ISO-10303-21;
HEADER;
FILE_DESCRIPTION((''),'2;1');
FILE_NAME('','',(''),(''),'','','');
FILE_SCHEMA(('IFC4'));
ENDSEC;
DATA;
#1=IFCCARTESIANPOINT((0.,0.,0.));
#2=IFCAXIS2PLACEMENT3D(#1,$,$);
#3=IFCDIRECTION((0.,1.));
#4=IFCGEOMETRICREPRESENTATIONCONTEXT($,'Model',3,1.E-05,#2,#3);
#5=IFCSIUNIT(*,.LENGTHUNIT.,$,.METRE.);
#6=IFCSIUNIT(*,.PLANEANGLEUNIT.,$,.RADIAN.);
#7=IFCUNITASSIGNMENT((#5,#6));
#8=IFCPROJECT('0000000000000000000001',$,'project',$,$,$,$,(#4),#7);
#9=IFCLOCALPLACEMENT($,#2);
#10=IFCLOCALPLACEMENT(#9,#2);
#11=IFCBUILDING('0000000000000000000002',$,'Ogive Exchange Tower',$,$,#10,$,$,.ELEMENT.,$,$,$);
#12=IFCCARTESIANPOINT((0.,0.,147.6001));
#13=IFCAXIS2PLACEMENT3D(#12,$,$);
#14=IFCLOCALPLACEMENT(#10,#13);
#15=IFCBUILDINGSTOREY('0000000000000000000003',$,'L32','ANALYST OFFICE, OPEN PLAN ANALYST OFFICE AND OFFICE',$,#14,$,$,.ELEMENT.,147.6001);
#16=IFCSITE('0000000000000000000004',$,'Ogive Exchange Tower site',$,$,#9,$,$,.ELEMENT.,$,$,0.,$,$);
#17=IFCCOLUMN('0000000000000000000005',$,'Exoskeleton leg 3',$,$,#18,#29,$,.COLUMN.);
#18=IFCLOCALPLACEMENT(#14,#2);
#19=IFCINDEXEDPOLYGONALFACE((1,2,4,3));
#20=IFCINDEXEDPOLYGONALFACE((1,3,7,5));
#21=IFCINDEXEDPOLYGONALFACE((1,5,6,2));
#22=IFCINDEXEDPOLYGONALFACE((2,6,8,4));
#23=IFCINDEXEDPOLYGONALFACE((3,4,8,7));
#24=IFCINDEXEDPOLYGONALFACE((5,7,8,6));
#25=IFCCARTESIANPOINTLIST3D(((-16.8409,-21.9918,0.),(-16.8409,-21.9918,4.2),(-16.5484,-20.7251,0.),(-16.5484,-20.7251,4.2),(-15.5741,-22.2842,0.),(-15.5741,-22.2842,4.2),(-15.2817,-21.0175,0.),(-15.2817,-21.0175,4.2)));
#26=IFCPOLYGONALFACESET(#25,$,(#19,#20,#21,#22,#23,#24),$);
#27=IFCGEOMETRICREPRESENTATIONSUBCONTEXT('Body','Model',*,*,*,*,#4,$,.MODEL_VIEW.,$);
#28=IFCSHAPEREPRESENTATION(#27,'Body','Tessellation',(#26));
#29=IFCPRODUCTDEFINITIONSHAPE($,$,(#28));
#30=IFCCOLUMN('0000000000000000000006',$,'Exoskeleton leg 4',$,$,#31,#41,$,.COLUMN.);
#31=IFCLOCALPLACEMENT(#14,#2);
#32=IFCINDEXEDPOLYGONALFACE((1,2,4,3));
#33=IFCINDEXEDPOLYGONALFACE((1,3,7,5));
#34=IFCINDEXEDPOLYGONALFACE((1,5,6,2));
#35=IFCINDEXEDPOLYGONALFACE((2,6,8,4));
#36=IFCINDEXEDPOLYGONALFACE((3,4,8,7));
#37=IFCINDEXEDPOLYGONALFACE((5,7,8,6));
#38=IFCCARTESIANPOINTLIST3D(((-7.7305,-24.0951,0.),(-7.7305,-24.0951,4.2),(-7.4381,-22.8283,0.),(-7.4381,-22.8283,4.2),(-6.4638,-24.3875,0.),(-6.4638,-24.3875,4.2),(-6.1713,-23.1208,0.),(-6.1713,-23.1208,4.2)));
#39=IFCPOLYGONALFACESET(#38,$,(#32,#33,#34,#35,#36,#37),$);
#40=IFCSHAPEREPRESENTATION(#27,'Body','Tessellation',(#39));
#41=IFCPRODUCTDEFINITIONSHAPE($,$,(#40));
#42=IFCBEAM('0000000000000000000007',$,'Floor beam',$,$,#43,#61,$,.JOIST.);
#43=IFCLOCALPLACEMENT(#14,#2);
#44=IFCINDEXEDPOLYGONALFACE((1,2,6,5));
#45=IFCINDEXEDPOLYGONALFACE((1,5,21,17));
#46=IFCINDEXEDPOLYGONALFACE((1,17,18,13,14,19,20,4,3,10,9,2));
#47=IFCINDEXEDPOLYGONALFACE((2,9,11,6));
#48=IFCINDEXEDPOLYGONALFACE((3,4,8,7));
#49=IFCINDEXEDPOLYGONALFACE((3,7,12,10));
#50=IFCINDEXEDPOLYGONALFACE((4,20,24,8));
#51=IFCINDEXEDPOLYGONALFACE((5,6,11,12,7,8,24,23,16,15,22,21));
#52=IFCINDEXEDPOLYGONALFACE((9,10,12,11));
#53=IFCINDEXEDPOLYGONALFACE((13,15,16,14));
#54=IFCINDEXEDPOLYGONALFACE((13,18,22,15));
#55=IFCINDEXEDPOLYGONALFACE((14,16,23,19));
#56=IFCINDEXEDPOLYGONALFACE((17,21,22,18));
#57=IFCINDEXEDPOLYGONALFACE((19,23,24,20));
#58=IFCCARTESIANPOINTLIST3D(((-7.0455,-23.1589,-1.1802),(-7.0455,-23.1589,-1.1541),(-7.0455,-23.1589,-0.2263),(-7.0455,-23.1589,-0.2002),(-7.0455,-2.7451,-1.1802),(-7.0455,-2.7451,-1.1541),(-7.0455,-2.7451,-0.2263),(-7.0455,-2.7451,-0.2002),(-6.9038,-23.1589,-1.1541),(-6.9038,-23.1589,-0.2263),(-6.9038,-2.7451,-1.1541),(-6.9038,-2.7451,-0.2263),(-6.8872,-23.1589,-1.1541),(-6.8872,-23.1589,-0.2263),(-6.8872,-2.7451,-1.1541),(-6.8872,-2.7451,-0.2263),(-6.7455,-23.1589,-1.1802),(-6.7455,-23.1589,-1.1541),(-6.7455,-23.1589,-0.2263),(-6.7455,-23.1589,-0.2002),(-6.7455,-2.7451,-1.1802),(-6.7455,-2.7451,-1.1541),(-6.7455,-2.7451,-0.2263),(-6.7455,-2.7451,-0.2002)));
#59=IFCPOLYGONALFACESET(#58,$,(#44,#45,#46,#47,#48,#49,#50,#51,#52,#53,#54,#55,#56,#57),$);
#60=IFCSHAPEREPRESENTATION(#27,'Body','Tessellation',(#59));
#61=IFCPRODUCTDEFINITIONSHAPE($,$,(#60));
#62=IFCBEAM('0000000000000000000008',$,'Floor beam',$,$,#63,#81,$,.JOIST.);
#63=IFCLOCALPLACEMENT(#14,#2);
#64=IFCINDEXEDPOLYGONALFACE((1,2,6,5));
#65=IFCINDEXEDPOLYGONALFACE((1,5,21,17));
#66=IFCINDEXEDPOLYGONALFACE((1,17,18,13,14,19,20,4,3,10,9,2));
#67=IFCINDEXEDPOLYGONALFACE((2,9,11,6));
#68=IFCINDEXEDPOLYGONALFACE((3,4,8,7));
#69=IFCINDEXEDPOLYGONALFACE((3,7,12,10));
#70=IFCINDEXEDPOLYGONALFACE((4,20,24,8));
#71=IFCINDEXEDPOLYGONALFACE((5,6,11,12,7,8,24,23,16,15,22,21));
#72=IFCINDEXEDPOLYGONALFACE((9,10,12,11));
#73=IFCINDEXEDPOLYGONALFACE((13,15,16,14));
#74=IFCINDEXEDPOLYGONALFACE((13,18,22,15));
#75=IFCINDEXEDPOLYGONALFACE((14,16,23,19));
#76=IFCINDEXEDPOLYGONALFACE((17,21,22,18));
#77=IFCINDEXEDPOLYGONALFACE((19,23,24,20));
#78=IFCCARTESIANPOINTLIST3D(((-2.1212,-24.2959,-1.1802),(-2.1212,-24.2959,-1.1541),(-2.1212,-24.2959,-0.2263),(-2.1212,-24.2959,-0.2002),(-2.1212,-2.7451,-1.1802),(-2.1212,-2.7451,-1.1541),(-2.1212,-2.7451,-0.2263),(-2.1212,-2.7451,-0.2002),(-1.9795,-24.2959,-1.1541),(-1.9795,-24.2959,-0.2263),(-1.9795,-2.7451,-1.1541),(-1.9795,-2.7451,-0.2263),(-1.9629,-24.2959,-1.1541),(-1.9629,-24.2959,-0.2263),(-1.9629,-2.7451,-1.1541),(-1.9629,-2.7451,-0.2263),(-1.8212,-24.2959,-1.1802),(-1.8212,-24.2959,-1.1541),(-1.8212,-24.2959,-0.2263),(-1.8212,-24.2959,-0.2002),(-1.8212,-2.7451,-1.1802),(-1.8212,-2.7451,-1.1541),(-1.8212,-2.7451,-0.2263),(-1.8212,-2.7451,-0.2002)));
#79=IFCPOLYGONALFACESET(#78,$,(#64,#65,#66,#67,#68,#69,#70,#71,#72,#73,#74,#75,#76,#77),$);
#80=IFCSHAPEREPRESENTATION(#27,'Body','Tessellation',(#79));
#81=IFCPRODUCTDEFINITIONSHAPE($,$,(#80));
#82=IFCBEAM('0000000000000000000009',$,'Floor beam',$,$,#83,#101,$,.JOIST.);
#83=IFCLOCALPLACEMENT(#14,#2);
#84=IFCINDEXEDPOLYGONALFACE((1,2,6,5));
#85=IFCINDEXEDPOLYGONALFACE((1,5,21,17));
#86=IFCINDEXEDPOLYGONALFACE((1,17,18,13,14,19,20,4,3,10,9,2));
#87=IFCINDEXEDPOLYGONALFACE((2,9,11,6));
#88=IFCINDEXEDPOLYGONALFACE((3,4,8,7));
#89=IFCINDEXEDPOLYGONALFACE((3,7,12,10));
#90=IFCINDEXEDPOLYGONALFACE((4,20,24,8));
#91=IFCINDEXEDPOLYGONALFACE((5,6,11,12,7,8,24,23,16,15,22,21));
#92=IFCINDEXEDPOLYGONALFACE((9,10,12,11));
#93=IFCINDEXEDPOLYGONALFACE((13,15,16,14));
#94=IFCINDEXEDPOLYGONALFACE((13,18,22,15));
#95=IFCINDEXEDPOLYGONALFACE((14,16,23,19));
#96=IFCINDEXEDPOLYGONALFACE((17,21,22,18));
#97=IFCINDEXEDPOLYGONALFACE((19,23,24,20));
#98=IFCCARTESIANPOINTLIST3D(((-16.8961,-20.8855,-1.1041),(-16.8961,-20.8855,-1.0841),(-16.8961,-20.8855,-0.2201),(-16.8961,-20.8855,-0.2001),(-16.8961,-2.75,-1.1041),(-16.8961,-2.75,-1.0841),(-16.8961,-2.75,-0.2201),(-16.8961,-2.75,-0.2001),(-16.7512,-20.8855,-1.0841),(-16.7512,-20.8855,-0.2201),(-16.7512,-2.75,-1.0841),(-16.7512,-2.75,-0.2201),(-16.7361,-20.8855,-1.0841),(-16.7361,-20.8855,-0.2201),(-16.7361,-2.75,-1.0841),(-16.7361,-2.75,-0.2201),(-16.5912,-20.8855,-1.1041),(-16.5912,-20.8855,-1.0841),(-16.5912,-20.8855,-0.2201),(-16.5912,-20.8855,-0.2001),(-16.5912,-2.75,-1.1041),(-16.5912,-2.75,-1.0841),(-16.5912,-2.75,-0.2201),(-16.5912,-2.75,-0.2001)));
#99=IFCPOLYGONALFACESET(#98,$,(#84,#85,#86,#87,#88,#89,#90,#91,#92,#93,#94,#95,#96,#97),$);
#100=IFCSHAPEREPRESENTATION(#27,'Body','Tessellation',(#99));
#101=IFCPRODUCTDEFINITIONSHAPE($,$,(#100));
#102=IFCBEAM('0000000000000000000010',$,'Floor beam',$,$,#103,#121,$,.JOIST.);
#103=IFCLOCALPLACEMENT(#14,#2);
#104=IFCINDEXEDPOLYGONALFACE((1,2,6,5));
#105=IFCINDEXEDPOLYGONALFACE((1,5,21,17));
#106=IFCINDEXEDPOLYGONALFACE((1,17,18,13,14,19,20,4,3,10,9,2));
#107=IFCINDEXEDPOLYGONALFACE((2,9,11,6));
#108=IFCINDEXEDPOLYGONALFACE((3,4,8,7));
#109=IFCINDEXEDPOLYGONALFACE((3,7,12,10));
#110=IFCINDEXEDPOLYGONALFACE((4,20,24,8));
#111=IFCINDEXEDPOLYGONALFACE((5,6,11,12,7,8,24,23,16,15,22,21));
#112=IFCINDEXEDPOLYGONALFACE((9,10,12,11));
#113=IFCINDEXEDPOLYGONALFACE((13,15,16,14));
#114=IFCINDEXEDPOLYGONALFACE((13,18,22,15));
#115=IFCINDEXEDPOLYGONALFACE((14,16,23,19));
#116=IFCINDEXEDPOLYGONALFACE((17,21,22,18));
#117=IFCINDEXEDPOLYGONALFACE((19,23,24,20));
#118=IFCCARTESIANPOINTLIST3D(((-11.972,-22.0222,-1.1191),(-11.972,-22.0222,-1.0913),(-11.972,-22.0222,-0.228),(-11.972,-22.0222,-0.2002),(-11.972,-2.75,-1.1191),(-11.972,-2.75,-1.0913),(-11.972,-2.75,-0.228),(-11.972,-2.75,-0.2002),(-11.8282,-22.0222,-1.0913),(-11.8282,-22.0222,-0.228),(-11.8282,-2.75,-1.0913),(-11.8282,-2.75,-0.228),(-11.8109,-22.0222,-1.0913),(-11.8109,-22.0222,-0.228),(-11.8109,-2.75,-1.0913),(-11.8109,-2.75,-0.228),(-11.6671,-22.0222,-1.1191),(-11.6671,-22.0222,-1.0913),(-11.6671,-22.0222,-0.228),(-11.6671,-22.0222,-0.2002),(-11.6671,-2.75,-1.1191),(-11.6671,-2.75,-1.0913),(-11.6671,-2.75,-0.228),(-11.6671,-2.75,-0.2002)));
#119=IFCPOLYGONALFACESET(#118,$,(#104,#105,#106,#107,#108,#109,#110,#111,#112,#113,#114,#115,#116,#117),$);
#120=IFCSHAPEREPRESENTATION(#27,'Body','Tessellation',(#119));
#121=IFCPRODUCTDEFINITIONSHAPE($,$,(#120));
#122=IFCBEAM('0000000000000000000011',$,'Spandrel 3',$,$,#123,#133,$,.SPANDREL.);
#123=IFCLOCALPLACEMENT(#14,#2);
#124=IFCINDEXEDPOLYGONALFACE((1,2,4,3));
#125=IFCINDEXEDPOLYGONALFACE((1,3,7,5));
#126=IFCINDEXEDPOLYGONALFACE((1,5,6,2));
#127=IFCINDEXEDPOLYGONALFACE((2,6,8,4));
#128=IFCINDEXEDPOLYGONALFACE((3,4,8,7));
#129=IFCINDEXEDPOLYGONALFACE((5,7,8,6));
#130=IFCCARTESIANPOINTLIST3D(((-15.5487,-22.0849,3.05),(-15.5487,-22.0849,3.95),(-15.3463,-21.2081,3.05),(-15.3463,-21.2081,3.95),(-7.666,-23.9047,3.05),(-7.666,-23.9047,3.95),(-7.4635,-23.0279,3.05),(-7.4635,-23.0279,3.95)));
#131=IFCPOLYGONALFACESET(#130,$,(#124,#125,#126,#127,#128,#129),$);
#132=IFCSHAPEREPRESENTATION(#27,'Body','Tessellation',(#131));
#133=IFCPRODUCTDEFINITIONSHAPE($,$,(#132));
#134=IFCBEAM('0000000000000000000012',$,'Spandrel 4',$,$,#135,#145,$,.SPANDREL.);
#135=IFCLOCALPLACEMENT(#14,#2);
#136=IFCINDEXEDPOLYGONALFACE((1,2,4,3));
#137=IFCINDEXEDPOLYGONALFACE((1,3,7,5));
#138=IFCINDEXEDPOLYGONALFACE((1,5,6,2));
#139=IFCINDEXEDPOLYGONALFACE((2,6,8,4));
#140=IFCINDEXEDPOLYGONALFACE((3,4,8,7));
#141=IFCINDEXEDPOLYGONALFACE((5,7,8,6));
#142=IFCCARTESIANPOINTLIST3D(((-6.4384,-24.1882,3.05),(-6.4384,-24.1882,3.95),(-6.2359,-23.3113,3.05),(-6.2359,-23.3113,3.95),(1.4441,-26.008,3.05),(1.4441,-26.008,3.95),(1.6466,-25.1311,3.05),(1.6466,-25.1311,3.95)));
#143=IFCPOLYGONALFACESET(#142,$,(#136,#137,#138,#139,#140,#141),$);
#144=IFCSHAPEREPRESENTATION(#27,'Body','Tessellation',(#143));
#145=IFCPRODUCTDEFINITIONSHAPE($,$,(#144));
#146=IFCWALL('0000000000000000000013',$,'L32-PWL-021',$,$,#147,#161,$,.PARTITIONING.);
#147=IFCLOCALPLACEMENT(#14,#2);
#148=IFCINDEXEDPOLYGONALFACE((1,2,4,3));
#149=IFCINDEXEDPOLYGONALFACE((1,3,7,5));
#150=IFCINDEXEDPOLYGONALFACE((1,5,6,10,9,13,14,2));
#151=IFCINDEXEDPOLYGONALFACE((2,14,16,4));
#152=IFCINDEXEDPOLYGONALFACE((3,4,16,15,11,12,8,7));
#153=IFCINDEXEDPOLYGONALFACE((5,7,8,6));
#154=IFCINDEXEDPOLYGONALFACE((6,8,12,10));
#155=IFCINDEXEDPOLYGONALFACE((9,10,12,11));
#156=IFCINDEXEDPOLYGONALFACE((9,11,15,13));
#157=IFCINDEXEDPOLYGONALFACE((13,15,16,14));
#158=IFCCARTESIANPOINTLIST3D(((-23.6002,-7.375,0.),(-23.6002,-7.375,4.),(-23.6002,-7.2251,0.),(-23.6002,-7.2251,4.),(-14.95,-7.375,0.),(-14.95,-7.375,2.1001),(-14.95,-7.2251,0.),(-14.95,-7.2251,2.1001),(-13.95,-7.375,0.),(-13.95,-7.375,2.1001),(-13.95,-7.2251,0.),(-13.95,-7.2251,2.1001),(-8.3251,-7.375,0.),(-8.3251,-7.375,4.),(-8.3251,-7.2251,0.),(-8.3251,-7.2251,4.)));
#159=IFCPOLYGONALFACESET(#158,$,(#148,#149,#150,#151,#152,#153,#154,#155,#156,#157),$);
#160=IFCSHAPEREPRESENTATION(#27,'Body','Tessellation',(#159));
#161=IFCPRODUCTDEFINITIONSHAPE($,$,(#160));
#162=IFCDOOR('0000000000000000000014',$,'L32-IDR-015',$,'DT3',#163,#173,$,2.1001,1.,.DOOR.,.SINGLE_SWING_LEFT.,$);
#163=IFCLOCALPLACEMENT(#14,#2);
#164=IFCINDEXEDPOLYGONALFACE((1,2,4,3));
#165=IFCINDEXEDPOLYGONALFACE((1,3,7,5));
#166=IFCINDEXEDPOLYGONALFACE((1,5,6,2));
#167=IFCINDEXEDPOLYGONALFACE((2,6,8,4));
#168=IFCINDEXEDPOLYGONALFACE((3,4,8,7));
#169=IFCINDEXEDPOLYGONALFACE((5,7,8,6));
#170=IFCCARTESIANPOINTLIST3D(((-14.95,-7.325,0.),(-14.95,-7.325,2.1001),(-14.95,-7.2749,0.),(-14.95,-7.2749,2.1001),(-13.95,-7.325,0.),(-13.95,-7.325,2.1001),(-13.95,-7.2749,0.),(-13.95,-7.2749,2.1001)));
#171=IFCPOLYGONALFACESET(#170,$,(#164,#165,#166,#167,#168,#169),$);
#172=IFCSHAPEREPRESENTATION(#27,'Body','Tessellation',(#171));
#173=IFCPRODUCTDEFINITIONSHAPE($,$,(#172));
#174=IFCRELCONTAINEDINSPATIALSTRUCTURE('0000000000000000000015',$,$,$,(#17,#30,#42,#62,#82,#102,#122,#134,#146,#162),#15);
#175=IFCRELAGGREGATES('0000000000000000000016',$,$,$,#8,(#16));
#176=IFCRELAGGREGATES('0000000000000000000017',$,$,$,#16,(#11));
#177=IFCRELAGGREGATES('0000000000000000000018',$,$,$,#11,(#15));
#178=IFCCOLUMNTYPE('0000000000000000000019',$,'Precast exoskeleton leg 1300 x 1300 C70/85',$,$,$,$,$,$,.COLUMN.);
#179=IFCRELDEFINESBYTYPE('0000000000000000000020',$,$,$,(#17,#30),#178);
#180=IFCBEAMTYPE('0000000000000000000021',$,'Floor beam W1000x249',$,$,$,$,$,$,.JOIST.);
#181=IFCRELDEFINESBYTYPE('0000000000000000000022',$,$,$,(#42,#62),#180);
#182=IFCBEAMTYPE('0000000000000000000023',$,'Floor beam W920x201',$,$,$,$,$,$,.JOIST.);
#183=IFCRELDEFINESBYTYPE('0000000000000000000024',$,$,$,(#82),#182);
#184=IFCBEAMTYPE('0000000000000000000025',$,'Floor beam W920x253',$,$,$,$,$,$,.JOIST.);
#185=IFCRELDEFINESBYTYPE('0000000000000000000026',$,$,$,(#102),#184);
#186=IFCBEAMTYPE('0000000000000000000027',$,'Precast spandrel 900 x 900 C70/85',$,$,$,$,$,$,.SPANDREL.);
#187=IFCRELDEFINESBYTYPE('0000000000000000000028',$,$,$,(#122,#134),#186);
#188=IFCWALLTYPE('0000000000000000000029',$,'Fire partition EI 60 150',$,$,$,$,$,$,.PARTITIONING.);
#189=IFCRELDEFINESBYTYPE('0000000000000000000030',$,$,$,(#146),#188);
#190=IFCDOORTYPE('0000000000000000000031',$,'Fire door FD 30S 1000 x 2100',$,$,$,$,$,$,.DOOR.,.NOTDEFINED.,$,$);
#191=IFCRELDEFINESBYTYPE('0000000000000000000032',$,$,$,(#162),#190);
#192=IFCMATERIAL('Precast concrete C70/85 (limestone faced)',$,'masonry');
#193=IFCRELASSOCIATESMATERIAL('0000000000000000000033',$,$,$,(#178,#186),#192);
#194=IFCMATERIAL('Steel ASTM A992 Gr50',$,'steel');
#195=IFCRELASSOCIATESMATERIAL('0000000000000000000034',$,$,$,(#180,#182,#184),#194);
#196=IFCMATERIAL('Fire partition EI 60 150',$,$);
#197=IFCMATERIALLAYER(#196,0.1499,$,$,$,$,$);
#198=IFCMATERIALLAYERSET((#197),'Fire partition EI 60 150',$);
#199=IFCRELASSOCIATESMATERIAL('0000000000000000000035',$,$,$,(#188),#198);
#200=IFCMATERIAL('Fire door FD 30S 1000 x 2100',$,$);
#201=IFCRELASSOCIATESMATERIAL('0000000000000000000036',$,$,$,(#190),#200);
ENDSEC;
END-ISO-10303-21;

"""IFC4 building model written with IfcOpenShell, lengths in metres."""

from ifc_helpers import new_model, si_unit, direction, frame, frame_2d, origin, origin_2d, place, context, subcontext, project, spatial, rectangle, i_section, extrude, material, layer, layer_set, material_profile, profile_set, type_object, element, fill, save


model = new_model("IFC4")

# Units and contexts
model_context = context("Model", 3, precision=1e-05, world=origin(), true_north=direction((0.0, 1.0)))
body_context = subcontext(model_context, "Body", "Model", "MODEL_VIEW")
ifc_project = project(units=[si_unit("LENGTHUNIT", "METRE"), si_unit("PLANEANGLEUNIT", "RADIAN")], contexts=[model_context])

# Site, building, storey
site_placement = place(None, origin())
site = spatial("IfcSite", under=ifc_project, at=site_placement, Name="Ogive Exchange Tower site", CompositionType="ELEMENT", RefElevation=0.0)
building_placement = place(site_placement, origin())
building = spatial("IfcBuilding", under=site, at=building_placement, Name="Ogive Exchange Tower", CompositionType="ELEMENT")
storey_placement = place(building_placement, frame((0.0, 0.0, 147.6001)))
storey = spatial("IfcBuildingStorey", under=building, at=storey_placement, Name="L32", Description="ANALYST OFFICE, OPEN PLAN ANALYST OFFICE AND OFFICE", CompositionType="ELEMENT", Elevation=147.6001)

# Columns
ifc_material_1 = material(Name="Precast concrete C70/85 (limestone faced)", Category="masonry")
ifc_material_profile_1 = material_profile(ifc_material_1, rectangle(XDim=1.3, YDim=1.3, at=origin_2d()), Name="1300 x 1300")
ifc_profile_set_1 = profile_set([ifc_material_profile_1], Name="Precast concrete C70/85 (limestone faced)")
column_type = type_object("IfcColumnType", Name="Precast exoskeleton leg 1300 x 1300 C70/85", PredefinedType="COLUMN", material=ifc_profile_set_1)
for number, where, z_axis, x_axis, name in (
    (1, (-16.0613, -21.5046, 0.0), (0.0, 0.0, 1.0), (0.97437, -0.224951, 0.0), "Exoskeleton leg 3"),
    (2, (-6.9509, -23.6079, 0.0), (0.0, 0.0, 1.0), (0.97437, -0.224951, 0.0), "Exoskeleton leg 4"),
):
    element("IfcColumn", number, at=place(storey_placement, frame(where, z_axis=z_axis, x_axis=x_axis)), inside=storey, type_object=column_type, Name=name, PredefinedType="COLUMN", context=body_context, shape_type="SweptSolid", body=[
        extrude(rectangle(XDim=1.3, YDim=1.3, at=origin_2d()), origin(), (0.0, 0.0, 1.0), 4.2),
    ])

# Beams
ifc_material_2 = material(Name="Steel ASTM A992 Gr50", Category="steel")
ifc_material_profile_2 = material_profile(ifc_material_2, i_section(OverallWidth=0.3, OverallDepth=0.98, WebThickness=0.0166, FlangeThickness=0.0261, at=origin_2d()), Name="W1000x249")
ifc_profile_set_2 = profile_set([ifc_material_profile_2], Name="Steel ASTM A992 Gr50")
beam_type_1 = type_object("IfcBeamType", Name="Floor beam W1000x249", PredefinedType="JOIST", material=ifc_profile_set_2)
beam_1_placement = place(storey_placement, frame((-6.8955, -23.1589, -0.6902), z_axis=(0.0, 1.0, 0.0), x_axis=(-1.0, 0.0, 0.0)))
element("IfcBeam", 3, at=beam_1_placement, inside=storey, type_object=beam_type_1, Name="Floor beam", PredefinedType="JOIST", context=body_context, shape_type="SweptSolid", body=[
    extrude(i_section(OverallWidth=0.3, OverallDepth=0.98, WebThickness=0.0166, FlangeThickness=0.0261, at=origin_2d()), origin(), (0.0, 0.0, 1.0), 20.4138),
])
beam_2_placement = place(storey_placement, frame((-1.9712, -24.2959, -0.6902), z_axis=(0.0, 1.0, 0.0), x_axis=(-1.0, 0.0, 0.0)))
element("IfcBeam", 4, at=beam_2_placement, inside=storey, type_object=beam_type_1, Name="Floor beam", PredefinedType="JOIST", context=body_context, shape_type="SweptSolid", body=[
    extrude(i_section(OverallWidth=0.3, OverallDepth=0.98, WebThickness=0.0166, FlangeThickness=0.0261, at=origin_2d()), origin(), (0.0, 0.0, 1.0), 21.5508),
])
ifc_material_profile_3 = material_profile(ifc_material_2, i_section(OverallWidth=0.3049, OverallDepth=0.9041, WebThickness=0.0151, FlangeThickness=0.02, at=origin_2d()), Name="W920x201")
ifc_profile_set_3 = profile_set([ifc_material_profile_3], Name="Steel ASTM A992 Gr50")
beam_type_2 = type_object("IfcBeamType", Name="Floor beam W920x201", PredefinedType="JOIST", material=ifc_profile_set_3)
beam_3_placement = place(storey_placement, frame((-16.7437, -20.8855, -0.6521), z_axis=(0.0, 1.0, 0.0), x_axis=(-1.0, 0.0, 0.0)))
element("IfcBeam", 5, at=beam_3_placement, inside=storey, type_object=beam_type_2, Name="Floor beam", PredefinedType="JOIST", context=body_context, shape_type="SweptSolid", body=[
    extrude(i_section(OverallWidth=0.3049, OverallDepth=0.9041, WebThickness=0.0151, FlangeThickness=0.02, at=origin_2d()), origin(), (0.0, 0.0, 1.0), 18.1355),
])
ifc_material_profile_4 = material_profile(ifc_material_2, i_section(OverallWidth=0.3049, OverallDepth=0.9189, WebThickness=0.0173, FlangeThickness=0.0278, at=origin_2d()), Name="W920x253")
ifc_profile_set_4 = profile_set([ifc_material_profile_4], Name="Steel ASTM A992 Gr50")
beam_type_3 = type_object("IfcBeamType", Name="Floor beam W920x253", PredefinedType="JOIST", material=ifc_profile_set_4)
beam_4_placement = place(storey_placement, frame((-11.8196, -22.0222, -0.6597), z_axis=(0.0, 1.0, 0.0), x_axis=(-1.0, 0.0, 0.0)))
element("IfcBeam", 6, at=beam_4_placement, inside=storey, type_object=beam_type_3, Name="Floor beam", PredefinedType="JOIST", context=body_context, shape_type="SweptSolid", body=[
    extrude(i_section(OverallWidth=0.3049, OverallDepth=0.9189, WebThickness=0.0173, FlangeThickness=0.0278, at=origin_2d()), origin(), (0.0, 0.0, 1.0), 19.2722),
])
ifc_material_profile_5 = material_profile(ifc_material_1, rectangle(XDim=0.8999, YDim=0.8999, at=origin_2d()), Name="900 x 900")
ifc_profile_set_5 = profile_set([ifc_material_profile_5], Name="Precast concrete C70/85 (limestone faced)")
beam_type_4 = type_object("IfcBeamType", Name="Precast spandrel 900 x 900 C70/85", PredefinedType="SPANDREL", material=ifc_profile_set_5)
beam_5_placement = place(storey_placement, frame((-15.4475, -21.6465, 3.5), z_axis=(0.974372, -0.224943, 0.0), x_axis=(0.224943, 0.974372, 0.0)))
element("IfcBeam", 7, at=beam_5_placement, inside=storey, type_object=beam_type_4, Name="Spandrel 3", PredefinedType="SPANDREL", context=body_context, shape_type="SweptSolid", body=[
    extrude(rectangle(XDim=0.8999, YDim=0.8999, at=origin_2d()), origin(), (0.0, 0.0, 1.0), 8.0901),
])
beam_6_placement = place(storey_placement, frame((-6.3372, -23.7498, 3.5), z_axis=(0.97437, -0.22495, 0.0), x_axis=(0.22495, 0.97437, 0.0)))
element("IfcBeam", 8, at=beam_6_placement, inside=storey, type_object=beam_type_4, Name="Spandrel 4", PredefinedType="SPANDREL", context=body_context, shape_type="SweptSolid", body=[
    extrude(rectangle(XDim=0.8999, YDim=0.8999, at=origin_2d()), origin(), (0.0, 0.0, 1.0), 8.0898),
])

# Wall, opening, door
ifc_material_3 = material(Name="Fire partition EI 60 150")
ifc_layer_1 = layer(ifc_material_3, 0.1499)
ifc_layer_set_1 = layer_set([ifc_layer_1], Name="Fire partition EI 60 150")
wall_type_1 = type_object("IfcWallType", Name="Fire partition EI 60 150", PredefinedType="PARTITIONING", material=ifc_layer_set_1)
wall_1_placement = place(storey_placement, frame((-8.325, -7.3, 0.0), z_axis=(0.0, 0.0, 1.0), x_axis=(-1.0, 0.0, 0.0)))
wall_1 = element("IfcWall", 9, at=wall_1_placement, inside=storey, type_object=wall_type_1, Name="L32-PWL-021", PredefinedType="PARTITIONING", context=body_context, shape_type="SweptSolid", body=[
    extrude(rectangle(XDim=15.2751, YDim=0.1499, at=frame_2d((7.6377, 0.0))), origin(), (0.0, 0.0, 1.0), 4.0),
])
opening_1_placement = place(wall_1_placement, frame((5.625, 0.0, 0.0)))
opening_1 = element("IfcOpeningElement", 10, at=opening_1_placement, cuts=wall_1, PredefinedType="OPENING", context=body_context, shape_type="SweptSolid", body=[
    extrude(rectangle(XDim=1.0, YDim=2.1001, at=frame_2d((0.5, 1.05))), frame((0.0, 0.085, 0.0), z_axis=(0.0, -1.0, 0.0), x_axis=(1.0, 0.0, 0.0)), (0.0, 0.0, 1.0), 0.1699),
])
ifc_material_4 = material(Name="Fire door FD 30S 1000 x 2100")
door_type_1 = type_object("IfcDoorType", Name="Fire door FD 30S 1000 x 2100", OperationType="NOTDEFINED", PredefinedType="DOOR", material=ifc_material_4)
door_1_placement = place(opening_1_placement, origin())
door_1 = element("IfcDoor", 11, at=door_1_placement, inside=storey, type_object=door_type_1, Name="L32-IDR-015", ObjectType="DT3", OperationType="SINGLE_SWING_LEFT", OverallHeight=2.1001, OverallWidth=1.0, PredefinedType="DOOR", context=body_context, shape_type="SweptSolid", body=[
    extrude(rectangle(XDim=1.0, YDim=2.1001, at=frame_2d((0.5, 1.05))), frame((0.0, 0.0249, 0.0), z_axis=(0.0, -1.0, 0.0), x_axis=(1.0, 0.0, 0.0)), (0.0, 0.0, 1.0), 0.05),
])
fill(opening_1, door_1)

save(model, "model.ifc")
